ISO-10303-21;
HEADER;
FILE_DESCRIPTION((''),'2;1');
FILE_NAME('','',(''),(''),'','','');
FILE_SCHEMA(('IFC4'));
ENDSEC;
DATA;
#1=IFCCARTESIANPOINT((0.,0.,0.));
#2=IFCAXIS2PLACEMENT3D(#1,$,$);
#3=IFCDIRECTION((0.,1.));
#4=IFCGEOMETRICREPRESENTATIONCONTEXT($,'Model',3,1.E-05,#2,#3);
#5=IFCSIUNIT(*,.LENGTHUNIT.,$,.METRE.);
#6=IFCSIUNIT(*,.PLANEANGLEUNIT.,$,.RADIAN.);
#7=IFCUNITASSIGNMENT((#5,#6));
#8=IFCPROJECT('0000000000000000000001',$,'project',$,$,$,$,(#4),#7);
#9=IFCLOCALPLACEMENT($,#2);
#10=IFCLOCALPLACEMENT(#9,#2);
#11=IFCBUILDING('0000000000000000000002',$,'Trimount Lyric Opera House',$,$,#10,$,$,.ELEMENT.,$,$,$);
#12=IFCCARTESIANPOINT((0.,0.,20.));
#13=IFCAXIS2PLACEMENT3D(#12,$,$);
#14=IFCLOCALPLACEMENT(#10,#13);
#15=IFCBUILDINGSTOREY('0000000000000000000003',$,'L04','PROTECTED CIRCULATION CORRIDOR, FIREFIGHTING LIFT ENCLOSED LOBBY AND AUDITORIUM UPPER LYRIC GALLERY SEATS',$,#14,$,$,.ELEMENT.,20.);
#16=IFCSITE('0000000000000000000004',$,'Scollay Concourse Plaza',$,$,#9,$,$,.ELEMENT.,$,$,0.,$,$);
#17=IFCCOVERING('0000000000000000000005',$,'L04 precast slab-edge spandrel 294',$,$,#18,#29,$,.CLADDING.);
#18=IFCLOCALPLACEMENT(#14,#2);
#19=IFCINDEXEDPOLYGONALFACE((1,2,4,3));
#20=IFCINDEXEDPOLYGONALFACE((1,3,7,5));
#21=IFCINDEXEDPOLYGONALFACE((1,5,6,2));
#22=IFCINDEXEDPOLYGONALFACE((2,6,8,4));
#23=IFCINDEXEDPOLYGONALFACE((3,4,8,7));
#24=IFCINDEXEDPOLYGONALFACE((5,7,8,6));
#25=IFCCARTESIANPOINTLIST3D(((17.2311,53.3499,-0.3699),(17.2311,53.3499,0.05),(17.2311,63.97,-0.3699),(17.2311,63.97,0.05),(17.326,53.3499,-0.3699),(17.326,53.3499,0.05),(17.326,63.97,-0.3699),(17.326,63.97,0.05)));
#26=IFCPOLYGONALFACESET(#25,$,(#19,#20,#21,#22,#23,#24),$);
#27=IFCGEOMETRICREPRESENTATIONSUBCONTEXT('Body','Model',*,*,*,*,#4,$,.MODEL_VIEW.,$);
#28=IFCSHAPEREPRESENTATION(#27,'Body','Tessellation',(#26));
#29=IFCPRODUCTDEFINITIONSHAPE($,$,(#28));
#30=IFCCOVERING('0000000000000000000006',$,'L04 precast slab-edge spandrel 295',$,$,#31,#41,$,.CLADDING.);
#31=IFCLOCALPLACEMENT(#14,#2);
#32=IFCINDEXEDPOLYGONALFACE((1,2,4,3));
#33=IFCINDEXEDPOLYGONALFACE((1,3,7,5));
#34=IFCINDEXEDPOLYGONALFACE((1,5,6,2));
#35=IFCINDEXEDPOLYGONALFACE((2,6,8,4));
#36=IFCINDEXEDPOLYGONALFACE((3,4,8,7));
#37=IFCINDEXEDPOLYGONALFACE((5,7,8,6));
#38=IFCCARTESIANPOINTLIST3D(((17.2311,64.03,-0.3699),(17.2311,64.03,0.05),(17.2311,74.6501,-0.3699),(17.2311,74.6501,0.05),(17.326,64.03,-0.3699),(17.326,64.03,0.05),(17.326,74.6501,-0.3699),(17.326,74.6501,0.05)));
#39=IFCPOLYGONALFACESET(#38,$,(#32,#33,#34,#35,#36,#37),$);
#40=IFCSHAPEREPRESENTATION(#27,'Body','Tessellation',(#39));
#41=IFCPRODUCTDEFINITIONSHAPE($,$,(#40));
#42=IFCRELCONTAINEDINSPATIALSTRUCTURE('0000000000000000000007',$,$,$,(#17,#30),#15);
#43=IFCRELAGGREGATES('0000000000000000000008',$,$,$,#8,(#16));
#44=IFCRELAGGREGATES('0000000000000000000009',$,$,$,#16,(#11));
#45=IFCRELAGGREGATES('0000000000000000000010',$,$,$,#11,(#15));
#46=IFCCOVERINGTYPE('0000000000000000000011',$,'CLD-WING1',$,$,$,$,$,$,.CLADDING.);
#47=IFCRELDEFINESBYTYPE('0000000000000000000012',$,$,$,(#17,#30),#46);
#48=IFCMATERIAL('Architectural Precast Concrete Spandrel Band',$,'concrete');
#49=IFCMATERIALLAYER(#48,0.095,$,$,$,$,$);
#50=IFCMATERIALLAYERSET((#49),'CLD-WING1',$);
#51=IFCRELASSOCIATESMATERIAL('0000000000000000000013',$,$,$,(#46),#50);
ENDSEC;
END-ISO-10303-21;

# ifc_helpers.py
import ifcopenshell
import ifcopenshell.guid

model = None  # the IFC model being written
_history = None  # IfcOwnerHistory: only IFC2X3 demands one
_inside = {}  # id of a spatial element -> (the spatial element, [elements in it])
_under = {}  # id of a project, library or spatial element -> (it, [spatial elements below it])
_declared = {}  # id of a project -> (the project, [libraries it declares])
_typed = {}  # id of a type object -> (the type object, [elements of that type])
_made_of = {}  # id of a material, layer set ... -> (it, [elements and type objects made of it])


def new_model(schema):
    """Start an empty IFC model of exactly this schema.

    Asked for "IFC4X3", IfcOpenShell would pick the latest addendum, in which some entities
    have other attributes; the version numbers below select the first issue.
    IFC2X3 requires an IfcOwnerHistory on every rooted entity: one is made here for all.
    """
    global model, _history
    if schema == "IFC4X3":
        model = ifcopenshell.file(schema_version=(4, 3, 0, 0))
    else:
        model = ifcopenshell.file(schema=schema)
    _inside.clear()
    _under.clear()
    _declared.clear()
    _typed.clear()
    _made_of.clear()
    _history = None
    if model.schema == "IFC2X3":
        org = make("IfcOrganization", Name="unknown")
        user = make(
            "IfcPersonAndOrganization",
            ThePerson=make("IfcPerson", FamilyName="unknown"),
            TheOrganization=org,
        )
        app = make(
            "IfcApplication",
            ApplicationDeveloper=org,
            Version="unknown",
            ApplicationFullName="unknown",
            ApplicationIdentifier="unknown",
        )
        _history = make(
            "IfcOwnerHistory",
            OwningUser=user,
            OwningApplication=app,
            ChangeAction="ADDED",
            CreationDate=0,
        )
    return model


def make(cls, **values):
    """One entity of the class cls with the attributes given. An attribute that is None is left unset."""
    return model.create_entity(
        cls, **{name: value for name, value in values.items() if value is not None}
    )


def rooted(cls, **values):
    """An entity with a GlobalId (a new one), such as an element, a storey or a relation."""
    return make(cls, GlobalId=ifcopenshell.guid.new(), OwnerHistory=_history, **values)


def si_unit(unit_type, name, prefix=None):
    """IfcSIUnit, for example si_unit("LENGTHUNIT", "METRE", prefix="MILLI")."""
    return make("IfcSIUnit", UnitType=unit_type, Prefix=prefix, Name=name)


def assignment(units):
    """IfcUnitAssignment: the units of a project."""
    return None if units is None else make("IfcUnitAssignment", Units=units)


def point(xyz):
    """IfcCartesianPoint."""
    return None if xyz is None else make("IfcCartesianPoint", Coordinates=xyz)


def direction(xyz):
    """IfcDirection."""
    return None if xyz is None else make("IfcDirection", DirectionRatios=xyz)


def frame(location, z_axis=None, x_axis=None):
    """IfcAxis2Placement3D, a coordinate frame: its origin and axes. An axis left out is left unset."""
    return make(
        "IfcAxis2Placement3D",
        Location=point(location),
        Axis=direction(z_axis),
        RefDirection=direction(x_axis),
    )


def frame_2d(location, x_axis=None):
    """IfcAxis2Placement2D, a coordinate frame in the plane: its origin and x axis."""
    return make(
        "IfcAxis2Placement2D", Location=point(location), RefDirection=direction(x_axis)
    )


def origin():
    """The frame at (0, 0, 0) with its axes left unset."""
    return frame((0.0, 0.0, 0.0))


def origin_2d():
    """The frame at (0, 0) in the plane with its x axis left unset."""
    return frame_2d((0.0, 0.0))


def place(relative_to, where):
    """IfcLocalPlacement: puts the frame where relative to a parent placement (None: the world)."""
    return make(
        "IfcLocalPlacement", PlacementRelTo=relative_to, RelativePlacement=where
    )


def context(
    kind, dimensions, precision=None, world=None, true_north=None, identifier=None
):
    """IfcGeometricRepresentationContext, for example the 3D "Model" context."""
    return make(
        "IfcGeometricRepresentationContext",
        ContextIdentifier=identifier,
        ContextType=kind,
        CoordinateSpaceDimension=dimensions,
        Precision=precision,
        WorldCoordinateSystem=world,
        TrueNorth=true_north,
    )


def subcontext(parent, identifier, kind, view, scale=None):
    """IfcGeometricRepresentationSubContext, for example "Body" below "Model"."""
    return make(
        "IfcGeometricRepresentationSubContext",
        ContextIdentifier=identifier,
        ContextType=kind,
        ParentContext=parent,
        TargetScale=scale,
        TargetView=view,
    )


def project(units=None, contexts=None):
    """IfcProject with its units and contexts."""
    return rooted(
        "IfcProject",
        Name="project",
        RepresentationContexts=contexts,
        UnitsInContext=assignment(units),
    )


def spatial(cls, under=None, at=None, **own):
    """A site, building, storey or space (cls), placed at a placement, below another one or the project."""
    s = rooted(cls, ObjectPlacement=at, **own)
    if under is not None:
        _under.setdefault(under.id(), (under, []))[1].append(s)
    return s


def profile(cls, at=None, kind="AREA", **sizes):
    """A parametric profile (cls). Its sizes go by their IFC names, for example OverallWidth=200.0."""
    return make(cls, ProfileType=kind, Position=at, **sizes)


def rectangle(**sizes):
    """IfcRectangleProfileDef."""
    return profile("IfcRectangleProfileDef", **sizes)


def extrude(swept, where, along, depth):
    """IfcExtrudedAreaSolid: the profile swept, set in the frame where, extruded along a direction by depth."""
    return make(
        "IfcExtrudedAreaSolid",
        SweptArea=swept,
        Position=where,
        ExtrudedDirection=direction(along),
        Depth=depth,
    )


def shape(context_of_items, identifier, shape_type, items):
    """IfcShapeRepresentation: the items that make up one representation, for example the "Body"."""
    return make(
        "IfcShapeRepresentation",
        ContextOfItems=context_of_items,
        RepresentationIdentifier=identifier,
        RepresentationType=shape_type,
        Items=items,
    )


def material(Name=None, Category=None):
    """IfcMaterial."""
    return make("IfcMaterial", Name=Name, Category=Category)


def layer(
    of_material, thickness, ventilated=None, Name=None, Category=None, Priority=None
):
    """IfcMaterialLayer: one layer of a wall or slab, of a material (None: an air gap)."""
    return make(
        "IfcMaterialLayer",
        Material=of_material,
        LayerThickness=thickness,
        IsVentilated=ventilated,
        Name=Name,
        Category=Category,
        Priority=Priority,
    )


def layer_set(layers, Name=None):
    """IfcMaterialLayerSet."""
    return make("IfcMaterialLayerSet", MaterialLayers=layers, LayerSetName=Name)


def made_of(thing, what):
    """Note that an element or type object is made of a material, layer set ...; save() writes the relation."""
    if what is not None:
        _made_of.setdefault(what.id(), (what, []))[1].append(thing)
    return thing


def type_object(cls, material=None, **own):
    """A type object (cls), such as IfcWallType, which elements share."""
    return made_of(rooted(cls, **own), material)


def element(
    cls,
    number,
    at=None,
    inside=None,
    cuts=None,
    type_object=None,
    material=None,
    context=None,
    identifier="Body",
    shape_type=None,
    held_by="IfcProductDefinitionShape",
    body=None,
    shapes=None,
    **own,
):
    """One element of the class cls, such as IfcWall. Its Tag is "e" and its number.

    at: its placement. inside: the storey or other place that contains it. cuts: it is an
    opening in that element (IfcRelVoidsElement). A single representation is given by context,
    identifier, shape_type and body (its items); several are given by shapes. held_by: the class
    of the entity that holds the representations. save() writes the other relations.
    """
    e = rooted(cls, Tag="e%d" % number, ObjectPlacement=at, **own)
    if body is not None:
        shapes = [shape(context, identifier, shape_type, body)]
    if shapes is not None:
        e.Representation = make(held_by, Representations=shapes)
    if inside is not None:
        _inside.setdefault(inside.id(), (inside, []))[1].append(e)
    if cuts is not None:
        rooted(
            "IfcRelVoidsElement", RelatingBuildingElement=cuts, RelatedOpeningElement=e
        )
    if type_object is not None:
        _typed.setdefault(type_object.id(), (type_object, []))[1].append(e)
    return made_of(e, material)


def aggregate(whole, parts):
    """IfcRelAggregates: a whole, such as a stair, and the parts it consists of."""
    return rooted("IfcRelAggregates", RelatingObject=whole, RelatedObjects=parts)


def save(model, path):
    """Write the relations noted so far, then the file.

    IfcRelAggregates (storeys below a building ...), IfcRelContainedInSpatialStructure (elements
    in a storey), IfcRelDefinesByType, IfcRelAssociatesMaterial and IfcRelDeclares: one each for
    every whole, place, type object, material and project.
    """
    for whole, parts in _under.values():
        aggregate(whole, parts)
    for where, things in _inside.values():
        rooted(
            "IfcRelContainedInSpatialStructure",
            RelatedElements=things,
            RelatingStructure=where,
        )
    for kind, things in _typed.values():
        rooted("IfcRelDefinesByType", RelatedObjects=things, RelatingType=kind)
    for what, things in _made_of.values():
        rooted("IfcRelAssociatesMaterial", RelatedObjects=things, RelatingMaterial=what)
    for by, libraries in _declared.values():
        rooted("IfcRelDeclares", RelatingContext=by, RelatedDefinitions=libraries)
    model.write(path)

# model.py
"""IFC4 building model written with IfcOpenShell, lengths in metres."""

from ifc_helpers import new_model, si_unit, direction, frame, origin, origin_2d, place, context, subcontext, project, spatial, rectangle, extrude, material, layer, layer_set, type_object, element, save


model = new_model("IFC4")

# Units and contexts
model_context = context("Model", 3, precision=1e-05, world=origin(), true_north=direction((0.0, 1.0)))
body_context = subcontext(model_context, "Body", "Model", "MODEL_VIEW")
ifc_project = project(units=[si_unit("LENGTHUNIT", "METRE"), si_unit("PLANEANGLEUNIT", "RADIAN")], contexts=[model_context])

# Site, building, storey
site_placement = place(None, origin())
site = spatial("IfcSite", under=ifc_project, at=site_placement, Name="Scollay Concourse Plaza", CompositionType="ELEMENT", RefElevation=0.0)
building_placement = place(site_placement, origin())
building = spatial("IfcBuilding", under=site, at=building_placement, Name="Trimount Lyric Opera House", CompositionType="ELEMENT")
storey_placement = place(building_placement, frame((0.0, 0.0, 20.0)))
storey = spatial("IfcBuildingStorey", under=building, at=storey_placement, Name="L04", Description="PROTECTED CIRCULATION CORRIDOR, FIREFIGHTING LIFT ENCLOSED LOBBY AND AUDITORIUM UPPER LYRIC GALLERY SEATS", CompositionType="ELEMENT", Elevation=20.0)

# Coverings
ifc_material_1 = material(Name="Architectural Precast Concrete Spandrel Band", Category="concrete")
ifc_layer_1 = layer(ifc_material_1, 0.095)
ifc_layer_set_1 = layer_set([ifc_layer_1], Name="CLD-WING1")
covering_type = type_object("IfcCoveringType", Name="CLD-WING1", PredefinedType="CLADDING", material=ifc_layer_set_1)
for number, where, z_axis, x_axis, name in (
    (1, (17.2786, 58.6599, -0.3699), (0.0, 0.0, 1.0), (0.0, 1.0, 0.0), "L04 precast slab-edge spandrel 294"),
    (2, (17.2786, 69.3401, -0.3699), (0.0, 0.0, 1.0), (0.0, 1.0, 0.0), "L04 precast slab-edge spandrel 295"),
):
    element("IfcCovering", number, at=place(storey_placement, frame(where, z_axis=z_axis, x_axis=x_axis)), inside=storey, type_object=covering_type, Name=name, PredefinedType="CLADDING", context=body_context, shape_type="SweptSolid", body=[
        extrude(rectangle(XDim=10.6201, YDim=0.095, at=origin_2d()), origin(), (0.0, 0.0, 1.0), 0.4199),
    ])

save(model, "model.ifc")
